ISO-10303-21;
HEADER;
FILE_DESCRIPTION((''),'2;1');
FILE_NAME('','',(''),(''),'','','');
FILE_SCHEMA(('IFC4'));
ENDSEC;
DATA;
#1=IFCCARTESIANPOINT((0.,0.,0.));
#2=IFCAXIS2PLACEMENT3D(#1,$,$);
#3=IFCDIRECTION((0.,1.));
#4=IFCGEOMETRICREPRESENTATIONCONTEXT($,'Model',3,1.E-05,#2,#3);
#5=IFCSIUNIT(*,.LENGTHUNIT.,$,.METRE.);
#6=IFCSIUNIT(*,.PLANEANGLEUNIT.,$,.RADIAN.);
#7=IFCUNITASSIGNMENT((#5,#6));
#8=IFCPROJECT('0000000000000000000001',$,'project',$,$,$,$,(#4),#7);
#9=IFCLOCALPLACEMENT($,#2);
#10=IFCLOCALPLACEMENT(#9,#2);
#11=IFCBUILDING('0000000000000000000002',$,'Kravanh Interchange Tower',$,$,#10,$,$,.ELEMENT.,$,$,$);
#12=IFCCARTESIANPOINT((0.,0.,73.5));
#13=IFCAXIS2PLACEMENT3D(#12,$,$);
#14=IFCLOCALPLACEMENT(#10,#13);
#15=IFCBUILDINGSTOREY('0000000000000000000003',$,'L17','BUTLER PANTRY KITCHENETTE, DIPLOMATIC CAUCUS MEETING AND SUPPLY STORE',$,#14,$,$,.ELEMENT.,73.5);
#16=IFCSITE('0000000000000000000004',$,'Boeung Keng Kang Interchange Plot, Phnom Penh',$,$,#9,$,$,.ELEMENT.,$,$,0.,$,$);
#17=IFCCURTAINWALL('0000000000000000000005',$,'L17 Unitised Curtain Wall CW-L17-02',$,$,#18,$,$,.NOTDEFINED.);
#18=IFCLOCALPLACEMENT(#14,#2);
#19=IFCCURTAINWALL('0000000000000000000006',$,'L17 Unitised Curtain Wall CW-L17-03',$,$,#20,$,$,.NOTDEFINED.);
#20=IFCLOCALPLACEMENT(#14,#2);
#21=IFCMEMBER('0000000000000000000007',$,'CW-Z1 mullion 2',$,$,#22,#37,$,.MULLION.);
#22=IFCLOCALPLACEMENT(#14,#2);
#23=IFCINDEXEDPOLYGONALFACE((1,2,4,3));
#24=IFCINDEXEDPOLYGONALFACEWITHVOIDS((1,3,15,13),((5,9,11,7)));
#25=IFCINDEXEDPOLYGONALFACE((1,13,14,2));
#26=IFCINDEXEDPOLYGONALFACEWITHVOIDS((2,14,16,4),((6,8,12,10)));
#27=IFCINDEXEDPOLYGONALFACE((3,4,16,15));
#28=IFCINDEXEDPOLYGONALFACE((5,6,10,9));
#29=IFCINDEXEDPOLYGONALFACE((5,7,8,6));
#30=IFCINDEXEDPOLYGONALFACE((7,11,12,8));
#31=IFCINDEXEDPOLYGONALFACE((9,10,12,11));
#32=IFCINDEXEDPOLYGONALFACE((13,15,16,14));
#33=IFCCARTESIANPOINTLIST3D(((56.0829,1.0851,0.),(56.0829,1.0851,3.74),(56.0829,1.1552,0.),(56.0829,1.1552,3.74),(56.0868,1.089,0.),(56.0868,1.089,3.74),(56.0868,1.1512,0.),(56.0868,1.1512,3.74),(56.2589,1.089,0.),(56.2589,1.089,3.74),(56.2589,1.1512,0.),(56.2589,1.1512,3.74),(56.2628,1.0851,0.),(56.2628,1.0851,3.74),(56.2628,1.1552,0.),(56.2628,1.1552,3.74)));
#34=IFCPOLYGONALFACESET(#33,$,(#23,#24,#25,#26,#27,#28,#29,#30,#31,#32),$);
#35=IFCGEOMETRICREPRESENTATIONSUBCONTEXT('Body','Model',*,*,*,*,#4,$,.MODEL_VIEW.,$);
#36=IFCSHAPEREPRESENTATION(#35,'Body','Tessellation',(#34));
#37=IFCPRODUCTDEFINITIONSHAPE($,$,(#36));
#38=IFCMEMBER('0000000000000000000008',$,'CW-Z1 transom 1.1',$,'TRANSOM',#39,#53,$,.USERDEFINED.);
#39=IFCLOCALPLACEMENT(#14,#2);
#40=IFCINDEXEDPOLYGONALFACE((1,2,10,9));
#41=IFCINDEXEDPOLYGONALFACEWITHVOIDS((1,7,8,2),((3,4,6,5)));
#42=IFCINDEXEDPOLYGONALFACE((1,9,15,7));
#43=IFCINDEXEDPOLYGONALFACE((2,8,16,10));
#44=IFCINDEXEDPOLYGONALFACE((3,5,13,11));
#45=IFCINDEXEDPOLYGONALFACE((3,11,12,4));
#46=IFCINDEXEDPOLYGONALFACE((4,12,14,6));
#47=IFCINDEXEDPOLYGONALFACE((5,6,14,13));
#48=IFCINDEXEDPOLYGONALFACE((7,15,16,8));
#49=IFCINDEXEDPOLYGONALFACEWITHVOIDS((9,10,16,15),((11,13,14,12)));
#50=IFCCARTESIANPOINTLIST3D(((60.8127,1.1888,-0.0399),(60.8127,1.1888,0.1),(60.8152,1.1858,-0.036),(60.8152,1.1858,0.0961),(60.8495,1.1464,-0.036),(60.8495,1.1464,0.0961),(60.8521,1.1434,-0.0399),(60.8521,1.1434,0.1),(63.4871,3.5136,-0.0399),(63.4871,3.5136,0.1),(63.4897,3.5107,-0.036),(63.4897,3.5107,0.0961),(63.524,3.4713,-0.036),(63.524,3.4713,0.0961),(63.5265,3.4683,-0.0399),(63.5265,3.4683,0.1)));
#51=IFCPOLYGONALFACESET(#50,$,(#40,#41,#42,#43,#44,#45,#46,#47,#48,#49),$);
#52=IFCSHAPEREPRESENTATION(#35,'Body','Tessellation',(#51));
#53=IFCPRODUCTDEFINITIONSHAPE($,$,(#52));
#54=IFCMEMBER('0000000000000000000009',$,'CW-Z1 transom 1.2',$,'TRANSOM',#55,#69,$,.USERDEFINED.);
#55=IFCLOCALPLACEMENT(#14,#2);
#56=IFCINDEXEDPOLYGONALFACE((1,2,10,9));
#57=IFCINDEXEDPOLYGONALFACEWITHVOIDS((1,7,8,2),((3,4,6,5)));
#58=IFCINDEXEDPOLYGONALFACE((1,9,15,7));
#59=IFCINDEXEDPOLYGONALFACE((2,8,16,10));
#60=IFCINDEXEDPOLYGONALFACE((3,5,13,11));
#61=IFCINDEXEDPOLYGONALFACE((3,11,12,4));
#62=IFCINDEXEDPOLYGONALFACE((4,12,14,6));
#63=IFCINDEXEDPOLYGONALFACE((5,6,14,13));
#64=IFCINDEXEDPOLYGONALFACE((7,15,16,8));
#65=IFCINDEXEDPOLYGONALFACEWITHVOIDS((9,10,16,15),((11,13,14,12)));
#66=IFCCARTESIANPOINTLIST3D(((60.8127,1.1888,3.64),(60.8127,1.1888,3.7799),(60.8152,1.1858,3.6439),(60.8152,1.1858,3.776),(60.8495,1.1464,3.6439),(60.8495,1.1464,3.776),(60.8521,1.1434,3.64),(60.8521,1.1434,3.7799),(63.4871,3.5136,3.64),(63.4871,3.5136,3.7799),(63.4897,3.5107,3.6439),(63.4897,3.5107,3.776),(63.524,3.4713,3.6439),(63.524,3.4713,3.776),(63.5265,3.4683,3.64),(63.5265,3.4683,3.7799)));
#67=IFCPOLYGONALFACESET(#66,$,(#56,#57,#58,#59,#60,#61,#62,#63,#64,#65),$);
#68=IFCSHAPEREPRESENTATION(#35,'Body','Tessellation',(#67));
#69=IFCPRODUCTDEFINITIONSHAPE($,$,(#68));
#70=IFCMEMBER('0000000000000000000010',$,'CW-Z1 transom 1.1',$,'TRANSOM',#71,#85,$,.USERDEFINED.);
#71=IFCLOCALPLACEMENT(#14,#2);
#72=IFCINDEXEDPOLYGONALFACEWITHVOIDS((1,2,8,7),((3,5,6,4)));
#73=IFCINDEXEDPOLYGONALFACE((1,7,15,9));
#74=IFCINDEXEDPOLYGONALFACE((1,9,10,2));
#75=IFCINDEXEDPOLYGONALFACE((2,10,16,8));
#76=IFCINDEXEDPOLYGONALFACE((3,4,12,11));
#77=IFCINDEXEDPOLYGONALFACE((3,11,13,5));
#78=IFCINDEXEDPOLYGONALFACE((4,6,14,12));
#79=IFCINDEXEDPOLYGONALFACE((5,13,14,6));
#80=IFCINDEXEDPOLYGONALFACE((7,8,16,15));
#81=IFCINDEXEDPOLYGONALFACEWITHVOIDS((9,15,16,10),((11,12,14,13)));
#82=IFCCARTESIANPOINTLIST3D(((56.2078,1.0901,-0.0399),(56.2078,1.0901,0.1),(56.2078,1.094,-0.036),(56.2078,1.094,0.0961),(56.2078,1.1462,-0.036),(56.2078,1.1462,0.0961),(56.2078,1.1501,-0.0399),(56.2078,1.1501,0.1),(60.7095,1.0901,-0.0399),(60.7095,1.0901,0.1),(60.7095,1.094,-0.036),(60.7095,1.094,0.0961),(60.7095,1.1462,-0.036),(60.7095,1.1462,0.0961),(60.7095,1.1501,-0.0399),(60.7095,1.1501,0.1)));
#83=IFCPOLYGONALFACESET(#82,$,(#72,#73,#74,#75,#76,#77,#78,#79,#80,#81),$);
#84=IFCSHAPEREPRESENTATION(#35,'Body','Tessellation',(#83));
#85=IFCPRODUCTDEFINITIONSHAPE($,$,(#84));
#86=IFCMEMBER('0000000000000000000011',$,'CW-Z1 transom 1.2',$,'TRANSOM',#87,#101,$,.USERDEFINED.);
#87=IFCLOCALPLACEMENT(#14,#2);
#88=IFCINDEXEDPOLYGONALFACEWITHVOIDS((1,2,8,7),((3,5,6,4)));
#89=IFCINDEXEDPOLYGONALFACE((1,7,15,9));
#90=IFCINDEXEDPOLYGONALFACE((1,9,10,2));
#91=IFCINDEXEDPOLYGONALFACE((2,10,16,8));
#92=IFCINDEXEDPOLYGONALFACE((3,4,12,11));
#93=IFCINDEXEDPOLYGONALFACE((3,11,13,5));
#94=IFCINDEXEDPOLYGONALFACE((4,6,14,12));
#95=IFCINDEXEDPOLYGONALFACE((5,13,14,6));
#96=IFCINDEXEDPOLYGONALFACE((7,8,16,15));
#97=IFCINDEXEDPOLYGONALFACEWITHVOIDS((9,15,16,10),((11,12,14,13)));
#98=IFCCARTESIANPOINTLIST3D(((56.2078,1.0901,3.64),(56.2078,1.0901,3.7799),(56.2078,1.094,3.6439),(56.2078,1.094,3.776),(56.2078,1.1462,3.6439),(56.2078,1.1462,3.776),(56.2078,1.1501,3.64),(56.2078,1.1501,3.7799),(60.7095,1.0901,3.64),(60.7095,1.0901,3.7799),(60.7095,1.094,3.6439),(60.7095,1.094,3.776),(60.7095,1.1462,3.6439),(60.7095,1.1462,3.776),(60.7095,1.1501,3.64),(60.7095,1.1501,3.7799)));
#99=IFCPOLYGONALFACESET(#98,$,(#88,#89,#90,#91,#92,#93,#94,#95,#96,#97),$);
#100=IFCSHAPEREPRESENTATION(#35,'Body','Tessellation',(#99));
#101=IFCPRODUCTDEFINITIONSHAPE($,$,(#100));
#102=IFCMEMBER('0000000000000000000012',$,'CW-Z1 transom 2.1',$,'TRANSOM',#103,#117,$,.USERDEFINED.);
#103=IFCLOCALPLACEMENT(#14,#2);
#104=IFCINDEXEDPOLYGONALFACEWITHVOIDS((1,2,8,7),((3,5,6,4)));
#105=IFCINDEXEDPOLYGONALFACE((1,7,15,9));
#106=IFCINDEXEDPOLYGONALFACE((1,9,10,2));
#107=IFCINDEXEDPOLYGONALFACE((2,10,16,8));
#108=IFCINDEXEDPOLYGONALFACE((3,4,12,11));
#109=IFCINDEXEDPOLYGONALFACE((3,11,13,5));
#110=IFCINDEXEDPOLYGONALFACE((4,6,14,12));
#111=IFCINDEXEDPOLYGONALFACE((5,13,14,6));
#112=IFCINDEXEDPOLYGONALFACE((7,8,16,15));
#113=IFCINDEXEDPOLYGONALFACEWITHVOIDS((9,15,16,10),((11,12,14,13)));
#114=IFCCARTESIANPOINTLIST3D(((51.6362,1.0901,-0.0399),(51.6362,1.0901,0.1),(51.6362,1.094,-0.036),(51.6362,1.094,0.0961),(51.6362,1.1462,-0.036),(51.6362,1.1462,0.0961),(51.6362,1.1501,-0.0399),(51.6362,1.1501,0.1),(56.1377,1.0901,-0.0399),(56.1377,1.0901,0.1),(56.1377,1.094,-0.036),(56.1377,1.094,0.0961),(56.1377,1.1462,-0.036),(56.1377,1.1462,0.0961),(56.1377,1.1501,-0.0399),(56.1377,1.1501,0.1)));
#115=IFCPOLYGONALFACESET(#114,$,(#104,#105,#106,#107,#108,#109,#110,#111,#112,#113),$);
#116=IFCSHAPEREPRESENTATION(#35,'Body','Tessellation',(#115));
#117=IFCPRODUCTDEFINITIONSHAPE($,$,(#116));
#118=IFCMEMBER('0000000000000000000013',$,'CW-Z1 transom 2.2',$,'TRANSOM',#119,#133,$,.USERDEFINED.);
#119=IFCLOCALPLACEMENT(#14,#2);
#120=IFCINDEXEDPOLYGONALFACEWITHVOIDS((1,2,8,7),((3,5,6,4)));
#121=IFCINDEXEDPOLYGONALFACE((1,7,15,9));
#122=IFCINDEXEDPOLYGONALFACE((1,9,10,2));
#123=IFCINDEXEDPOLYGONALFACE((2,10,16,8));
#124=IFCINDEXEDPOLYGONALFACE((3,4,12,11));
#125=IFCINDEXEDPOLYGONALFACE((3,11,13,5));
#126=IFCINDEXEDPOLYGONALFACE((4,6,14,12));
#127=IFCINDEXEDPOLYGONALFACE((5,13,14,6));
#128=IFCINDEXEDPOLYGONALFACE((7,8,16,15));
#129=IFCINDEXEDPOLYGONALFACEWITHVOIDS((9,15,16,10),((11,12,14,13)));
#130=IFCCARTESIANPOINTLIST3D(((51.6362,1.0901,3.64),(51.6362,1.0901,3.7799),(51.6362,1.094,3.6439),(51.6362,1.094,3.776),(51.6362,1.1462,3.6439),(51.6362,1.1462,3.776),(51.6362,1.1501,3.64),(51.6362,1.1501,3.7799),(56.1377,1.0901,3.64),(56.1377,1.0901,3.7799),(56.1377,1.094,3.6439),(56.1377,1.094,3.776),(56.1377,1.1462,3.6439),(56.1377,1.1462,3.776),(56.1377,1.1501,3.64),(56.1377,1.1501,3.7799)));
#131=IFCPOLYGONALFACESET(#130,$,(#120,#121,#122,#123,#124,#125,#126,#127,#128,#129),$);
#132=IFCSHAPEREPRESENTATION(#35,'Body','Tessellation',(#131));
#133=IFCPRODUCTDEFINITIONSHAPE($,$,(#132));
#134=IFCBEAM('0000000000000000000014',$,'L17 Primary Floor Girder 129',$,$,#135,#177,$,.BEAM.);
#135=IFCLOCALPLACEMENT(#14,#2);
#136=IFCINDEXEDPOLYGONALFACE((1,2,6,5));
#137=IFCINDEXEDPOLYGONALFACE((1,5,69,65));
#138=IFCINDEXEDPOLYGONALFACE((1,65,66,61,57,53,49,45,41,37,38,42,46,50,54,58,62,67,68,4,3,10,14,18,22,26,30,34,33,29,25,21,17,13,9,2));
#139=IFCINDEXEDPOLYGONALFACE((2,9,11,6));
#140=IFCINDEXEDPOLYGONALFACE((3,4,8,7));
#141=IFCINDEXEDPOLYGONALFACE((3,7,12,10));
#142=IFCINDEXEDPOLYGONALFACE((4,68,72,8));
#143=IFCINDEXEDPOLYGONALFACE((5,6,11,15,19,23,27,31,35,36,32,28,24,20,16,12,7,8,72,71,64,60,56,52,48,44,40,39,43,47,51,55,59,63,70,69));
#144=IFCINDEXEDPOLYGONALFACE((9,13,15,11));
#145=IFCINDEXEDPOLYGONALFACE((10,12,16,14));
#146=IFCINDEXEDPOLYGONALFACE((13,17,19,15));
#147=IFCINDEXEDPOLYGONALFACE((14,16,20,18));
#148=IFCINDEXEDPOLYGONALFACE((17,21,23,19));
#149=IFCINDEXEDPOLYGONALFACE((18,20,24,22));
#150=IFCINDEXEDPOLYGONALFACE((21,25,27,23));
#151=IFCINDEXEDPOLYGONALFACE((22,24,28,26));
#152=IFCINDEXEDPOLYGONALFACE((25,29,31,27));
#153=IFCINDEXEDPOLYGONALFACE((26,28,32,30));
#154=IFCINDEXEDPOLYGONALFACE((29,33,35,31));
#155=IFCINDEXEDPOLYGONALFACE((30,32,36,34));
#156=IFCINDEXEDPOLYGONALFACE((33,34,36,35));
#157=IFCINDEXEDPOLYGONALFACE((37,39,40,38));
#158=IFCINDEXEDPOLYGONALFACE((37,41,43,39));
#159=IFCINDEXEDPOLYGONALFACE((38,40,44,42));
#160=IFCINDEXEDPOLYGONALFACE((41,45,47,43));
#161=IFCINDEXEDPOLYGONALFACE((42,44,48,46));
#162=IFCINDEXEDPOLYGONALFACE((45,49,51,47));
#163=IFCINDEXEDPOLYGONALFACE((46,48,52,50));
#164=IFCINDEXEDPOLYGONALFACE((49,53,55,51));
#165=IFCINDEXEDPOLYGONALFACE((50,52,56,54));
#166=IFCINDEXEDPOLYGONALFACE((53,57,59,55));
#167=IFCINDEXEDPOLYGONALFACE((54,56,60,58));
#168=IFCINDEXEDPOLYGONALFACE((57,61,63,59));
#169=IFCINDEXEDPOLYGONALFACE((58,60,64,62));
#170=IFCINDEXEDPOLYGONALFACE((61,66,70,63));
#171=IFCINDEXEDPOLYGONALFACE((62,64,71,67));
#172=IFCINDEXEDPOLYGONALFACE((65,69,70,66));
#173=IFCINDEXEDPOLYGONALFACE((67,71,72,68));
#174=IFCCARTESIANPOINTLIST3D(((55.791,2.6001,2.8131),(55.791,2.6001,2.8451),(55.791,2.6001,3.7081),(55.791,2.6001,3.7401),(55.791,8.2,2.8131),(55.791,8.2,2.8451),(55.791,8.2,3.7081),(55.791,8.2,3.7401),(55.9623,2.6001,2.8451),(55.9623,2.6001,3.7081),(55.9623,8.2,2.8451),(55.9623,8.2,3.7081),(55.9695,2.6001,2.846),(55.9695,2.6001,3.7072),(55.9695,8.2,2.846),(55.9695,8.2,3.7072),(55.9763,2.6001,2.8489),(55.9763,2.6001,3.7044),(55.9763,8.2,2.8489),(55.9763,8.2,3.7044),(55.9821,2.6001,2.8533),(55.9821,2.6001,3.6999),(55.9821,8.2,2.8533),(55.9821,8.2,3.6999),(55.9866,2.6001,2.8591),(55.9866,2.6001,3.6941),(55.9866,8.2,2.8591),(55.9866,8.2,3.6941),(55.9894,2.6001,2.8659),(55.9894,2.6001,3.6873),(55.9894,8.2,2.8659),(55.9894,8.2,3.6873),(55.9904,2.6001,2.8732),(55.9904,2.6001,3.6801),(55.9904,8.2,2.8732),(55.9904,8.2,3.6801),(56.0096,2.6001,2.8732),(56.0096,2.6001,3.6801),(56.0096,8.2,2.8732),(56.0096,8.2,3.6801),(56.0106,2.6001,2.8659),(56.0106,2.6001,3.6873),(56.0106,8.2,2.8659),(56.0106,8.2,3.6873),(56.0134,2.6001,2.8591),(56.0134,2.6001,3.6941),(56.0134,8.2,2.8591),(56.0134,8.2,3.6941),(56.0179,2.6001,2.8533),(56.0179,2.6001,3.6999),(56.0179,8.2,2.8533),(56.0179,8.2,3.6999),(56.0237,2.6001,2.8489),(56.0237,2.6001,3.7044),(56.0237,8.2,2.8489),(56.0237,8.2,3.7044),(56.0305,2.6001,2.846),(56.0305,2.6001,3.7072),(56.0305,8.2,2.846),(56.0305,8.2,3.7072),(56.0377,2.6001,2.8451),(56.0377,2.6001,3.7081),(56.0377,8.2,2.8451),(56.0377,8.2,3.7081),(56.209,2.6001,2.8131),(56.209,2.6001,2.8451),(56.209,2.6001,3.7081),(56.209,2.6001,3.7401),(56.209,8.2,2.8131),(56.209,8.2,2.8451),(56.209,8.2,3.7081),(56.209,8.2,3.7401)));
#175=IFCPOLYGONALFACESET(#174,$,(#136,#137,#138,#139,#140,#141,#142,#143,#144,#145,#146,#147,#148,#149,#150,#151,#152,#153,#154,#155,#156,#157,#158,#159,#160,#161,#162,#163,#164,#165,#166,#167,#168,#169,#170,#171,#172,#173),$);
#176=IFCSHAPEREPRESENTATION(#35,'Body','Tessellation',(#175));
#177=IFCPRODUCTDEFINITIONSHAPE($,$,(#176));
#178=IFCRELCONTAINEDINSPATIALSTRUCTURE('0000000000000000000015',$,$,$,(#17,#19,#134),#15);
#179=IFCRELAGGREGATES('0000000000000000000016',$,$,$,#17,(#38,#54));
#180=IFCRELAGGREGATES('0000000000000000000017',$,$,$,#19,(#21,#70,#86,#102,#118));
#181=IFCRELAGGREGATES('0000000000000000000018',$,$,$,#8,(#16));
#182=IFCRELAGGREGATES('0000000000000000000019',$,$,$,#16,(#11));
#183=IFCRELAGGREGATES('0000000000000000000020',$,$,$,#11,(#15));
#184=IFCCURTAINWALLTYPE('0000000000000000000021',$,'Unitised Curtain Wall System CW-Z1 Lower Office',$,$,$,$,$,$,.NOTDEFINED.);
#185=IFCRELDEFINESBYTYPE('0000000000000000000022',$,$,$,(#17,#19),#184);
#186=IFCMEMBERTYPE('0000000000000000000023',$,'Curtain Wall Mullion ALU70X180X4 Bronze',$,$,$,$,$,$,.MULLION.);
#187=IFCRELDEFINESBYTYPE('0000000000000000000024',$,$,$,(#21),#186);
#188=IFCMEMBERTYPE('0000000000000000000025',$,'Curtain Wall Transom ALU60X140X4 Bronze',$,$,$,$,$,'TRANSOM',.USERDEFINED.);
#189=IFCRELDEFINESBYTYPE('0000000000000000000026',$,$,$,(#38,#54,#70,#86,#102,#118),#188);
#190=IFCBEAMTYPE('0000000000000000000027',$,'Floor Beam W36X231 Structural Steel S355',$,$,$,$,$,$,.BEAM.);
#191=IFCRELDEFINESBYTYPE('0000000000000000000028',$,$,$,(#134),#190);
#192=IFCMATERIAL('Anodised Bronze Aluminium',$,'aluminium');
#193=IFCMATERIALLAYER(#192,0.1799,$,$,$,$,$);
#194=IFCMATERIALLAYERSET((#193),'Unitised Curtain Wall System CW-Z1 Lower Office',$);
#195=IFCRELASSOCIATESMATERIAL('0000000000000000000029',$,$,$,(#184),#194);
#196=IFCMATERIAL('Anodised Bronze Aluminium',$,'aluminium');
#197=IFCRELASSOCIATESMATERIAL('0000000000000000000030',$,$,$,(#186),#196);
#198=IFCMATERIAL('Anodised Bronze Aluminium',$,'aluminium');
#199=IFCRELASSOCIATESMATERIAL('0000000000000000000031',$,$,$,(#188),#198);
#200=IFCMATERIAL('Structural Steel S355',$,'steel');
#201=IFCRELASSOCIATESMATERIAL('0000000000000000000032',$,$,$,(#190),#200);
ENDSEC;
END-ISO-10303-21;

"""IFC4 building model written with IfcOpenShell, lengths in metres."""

from ifc_helpers import new_model, si_unit, direction, frame, origin, origin_2d, place, context, subcontext, project, spatial, hollow_rectangle, i_section, extrude, material, layer, layer_set, material_profile, profile_set, type_object, element, aggregate, save


model = new_model("IFC4")

# Units and contexts
model_context = context("Model", 3, precision=1e-05, world=origin(), true_north=direction((0.0, 1.0)))
body_context = subcontext(model_context, "Body", "Model", "MODEL_VIEW")
ifc_project = project(units=[si_unit("LENGTHUNIT", "METRE"), si_unit("PLANEANGLEUNIT", "RADIAN")], contexts=[model_context])

# Site, building, storey
site_placement = place(None, origin())
site = spatial("IfcSite", under=ifc_project, at=site_placement, Name="Boeung Keng Kang Interchange Plot, Phnom Penh", CompositionType="ELEMENT", RefElevation=0.0)
building_placement = place(site_placement, origin())
building = spatial("IfcBuilding", under=site, at=building_placement, Name="Kravanh Interchange Tower", CompositionType="ELEMENT")
storey_placement = place(building_placement, frame((0.0, 0.0, 73.5)))
storey = spatial("IfcBuildingStorey", under=building, at=storey_placement, Name="L17", Description="BUTLER PANTRY KITCHENETTE, DIPLOMATIC CAUCUS MEETING AND SUPPLY STORE", CompositionType="ELEMENT", Elevation=73.5)

# Curtain walls, member
ifc_material_1 = material(Name="Anodised Bronze Aluminium", Category="aluminium")
ifc_layer_1 = layer(ifc_material_1, 0.1799)
ifc_layer_set_1 = layer_set([ifc_layer_1], Name="Unitised Curtain Wall System CW-Z1 Lower Office")
curtain_wall_type = type_object("IfcCurtainWallType", Name="Unitised Curtain Wall System CW-Z1 Lower Office", PredefinedType="NOTDEFINED", material=ifc_layer_set_1)
curtain_wall_1_placement = place(storey_placement, origin())
curtain_wall_1 = element("IfcCurtainWall", 1, at=curtain_wall_1_placement, inside=storey, type_object=curtain_wall_type, Name="L17 Unitised Curtain Wall CW-L17-02", PredefinedType="NOTDEFINED")
ifc_material_2 = material(Name="Anodised Bronze Aluminium", Category="aluminium")
ifc_material_profile_1 = material_profile(ifc_material_2, hollow_rectangle(XDim=0.0701, YDim=0.1799, WallThickness=0.0039, at=origin_2d()), Name="ALU70X180X4")
ifc_profile_set_1 = profile_set([ifc_material_profile_1], Name="Anodised Bronze Aluminium")
member_type_1 = type_object("IfcMemberType", Name="Curtain Wall Mullion ALU70X180X4 Bronze", PredefinedType="MULLION", material=ifc_profile_set_1)
curtain_wall_2_placement = place(storey_placement, origin())
curtain_wall_2 = element("IfcCurtainWall", 2, at=curtain_wall_2_placement, inside=storey, type_object=curtain_wall_type, Name="L17 Unitised Curtain Wall CW-L17-03", PredefinedType="NOTDEFINED")
member_1_placement = place(storey_placement, frame((56.1729, 1.1201, 0.0), z_axis=(0.0, 0.0, 1.0), x_axis=(0.0, -1.0, 0.0)))
member_1 = element("IfcMember", 3, at=member_1_placement, type_object=member_type_1, Name="CW-Z1 mullion 2", PredefinedType="MULLION", context=body_context, shape_type="SweptSolid", body=[
    extrude(hollow_rectangle(XDim=0.0701, YDim=0.1799, WallThickness=0.0039, at=origin_2d()), origin(), (0.0, 0.0, 1.0), 3.74),
])

# Members
ifc_material_3 = material(Name="Anodised Bronze Aluminium", Category="aluminium")
ifc_material_profile_2 = material_profile(ifc_material_3, hollow_rectangle(XDim=0.0601, YDim=0.1399, WallThickness=0.0039, at=origin_2d()), Name="ALU60X140X4")
ifc_profile_set_2 = profile_set([ifc_material_profile_2], Name="Anodised Bronze Aluminium")
member_type_2 = type_object("IfcMemberType", Name="Curtain Wall Transom ALU60X140X4 Bronze", ElementType="TRANSOM", PredefinedType="USERDEFINED", material=ifc_profile_set_2)
member_2_placement = place(storey_placement, frame((63.5068, 3.491, 0.03), z_axis=(-0.754711, -0.656058, 0.0), x_axis=(0.656058, -0.754711, 0.0)))
member_2 = element("IfcMember", 4, at=member_2_placement, type_object=member_type_2, Name="CW-Z1 transom 1.1", ObjectType="TRANSOM", PredefinedType="USERDEFINED", context=body_context, shape_type="SweptSolid", body=[
    extrude(hollow_rectangle(XDim=0.0601, YDim=0.1399, WallThickness=0.0039, at=origin_2d()), origin(), (0.0, 0.0, 1.0), 3.5437),
])
member_3_placement = place(storey_placement, frame((63.5068, 3.491, 3.71), z_axis=(-0.754711, -0.656058, 0.0), x_axis=(0.656058, -0.754711, 0.0)))
member_3 = element("IfcMember", 5, at=member_3_placement, type_object=member_type_2, Name="CW-Z1 transom 1.2", ObjectType="TRANSOM", PredefinedType="USERDEFINED", context=body_context, shape_type="SweptSolid", body=[
    extrude(hollow_rectangle(XDim=0.0601, YDim=0.1399, WallThickness=0.0039, at=origin_2d()), origin(), (0.0, 0.0, 1.0), 3.5437),
])
member_4_placement = place(storey_placement, frame((60.7095, 1.1201, 0.03), z_axis=(-1.0, 0.0, 0.0), x_axis=(0.0, -1.0, 0.0)))
member_4 = element("IfcMember", 6, at=member_4_placement, type_object=member_type_2, Name="CW-Z1 transom 1.1", ObjectType="TRANSOM", PredefinedType="USERDEFINED", context=body_context, shape_type="SweptSolid", body=[
    extrude(hollow_rectangle(XDim=0.0601, YDim=0.1399, WallThickness=0.0039, at=origin_2d()), origin(), (0.0, 0.0, 1.0), 4.5017),
])
member_5_placement = place(storey_placement, frame((60.7095, 1.1201, 3.71), z_axis=(-1.0, 0.0, 0.0), x_axis=(0.0, -1.0, 0.0)))
member_5 = element("IfcMember", 7, at=member_5_placement, type_object=member_type_2, Name="CW-Z1 transom 1.2", ObjectType="TRANSOM", PredefinedType="USERDEFINED", context=body_context, shape_type="SweptSolid", body=[
    extrude(hollow_rectangle(XDim=0.0601, YDim=0.1399, WallThickness=0.0039, at=origin_2d()), origin(), (0.0, 0.0, 1.0), 4.5017),
])
member_6_placement = place(storey_placement, frame((56.1377, 1.1201, 0.03), z_axis=(-1.0, 0.0, 0.0), x_axis=(0.0, -1.0, 0.0)))
member_6 = element("IfcMember", 8, at=member_6_placement, type_object=member_type_2, Name="CW-Z1 transom 2.1", ObjectType="TRANSOM", PredefinedType="USERDEFINED", context=body_context, shape_type="SweptSolid", body=[
    extrude(hollow_rectangle(XDim=0.0601, YDim=0.1399, WallThickness=0.0039, at=origin_2d()), origin(), (0.0, 0.0, 1.0), 4.5015),
])
member_7_placement = place(storey_placement, frame((56.1377, 1.1201, 3.71), z_axis=(-1.0, 0.0, 0.0), x_axis=(0.0, -1.0, 0.0)))
member_7 = element("IfcMember", 9, at=member_7_placement, type_object=member_type_2, Name="CW-Z1 transom 2.2", ObjectType="TRANSOM", PredefinedType="USERDEFINED", context=body_context, shape_type="SweptSolid", body=[
    extrude(hollow_rectangle(XDim=0.0601, YDim=0.1399, WallThickness=0.0039, at=origin_2d()), origin(), (0.0, 0.0, 1.0), 4.5015),
])

# Beam
ifc_material_4 = material(Name="Structural Steel S355", Category="steel")
ifc_material_profile_3 = material_profile(ifc_material_4, i_section(OverallWidth=0.418, OverallDepth=0.927, WebThickness=0.0193, FlangeThickness=0.032, FilletRadius=0.0281, at=origin_2d()), Name="W36X231")
ifc_profile_set_3 = profile_set([ifc_material_profile_3], Name="Structural Steel S355")
beam_type_1 = type_object("IfcBeamType", Name="Floor Beam W36X231 Structural Steel S355", PredefinedType="BEAM", material=ifc_profile_set_3)
beam_1_placement = place(storey_placement, frame((56.0, 2.6001, 3.2766), z_axis=(0.0, 1.0, 0.0), x_axis=(-1.0, 0.0, 0.0)))
element("IfcBeam", 10, at=beam_1_placement, inside=storey, type_object=beam_type_1, Name="L17 Primary Floor Girder 129", PredefinedType="BEAM", context=body_context, shape_type="SweptSolid", body=[
    extrude(i_section(OverallWidth=0.418, OverallDepth=0.927, WebThickness=0.0193, FlangeThickness=0.032, FilletRadius=0.0281, at=origin_2d()), origin(), (0.0, 0.0, 1.0), 5.5999),
])

aggregate(curtain_wall_1, [member_2, member_3])
aggregate(curtain_wall_2, [member_1, member_4, member_5, member_6, member_7])

save(model, "model.ifc")
